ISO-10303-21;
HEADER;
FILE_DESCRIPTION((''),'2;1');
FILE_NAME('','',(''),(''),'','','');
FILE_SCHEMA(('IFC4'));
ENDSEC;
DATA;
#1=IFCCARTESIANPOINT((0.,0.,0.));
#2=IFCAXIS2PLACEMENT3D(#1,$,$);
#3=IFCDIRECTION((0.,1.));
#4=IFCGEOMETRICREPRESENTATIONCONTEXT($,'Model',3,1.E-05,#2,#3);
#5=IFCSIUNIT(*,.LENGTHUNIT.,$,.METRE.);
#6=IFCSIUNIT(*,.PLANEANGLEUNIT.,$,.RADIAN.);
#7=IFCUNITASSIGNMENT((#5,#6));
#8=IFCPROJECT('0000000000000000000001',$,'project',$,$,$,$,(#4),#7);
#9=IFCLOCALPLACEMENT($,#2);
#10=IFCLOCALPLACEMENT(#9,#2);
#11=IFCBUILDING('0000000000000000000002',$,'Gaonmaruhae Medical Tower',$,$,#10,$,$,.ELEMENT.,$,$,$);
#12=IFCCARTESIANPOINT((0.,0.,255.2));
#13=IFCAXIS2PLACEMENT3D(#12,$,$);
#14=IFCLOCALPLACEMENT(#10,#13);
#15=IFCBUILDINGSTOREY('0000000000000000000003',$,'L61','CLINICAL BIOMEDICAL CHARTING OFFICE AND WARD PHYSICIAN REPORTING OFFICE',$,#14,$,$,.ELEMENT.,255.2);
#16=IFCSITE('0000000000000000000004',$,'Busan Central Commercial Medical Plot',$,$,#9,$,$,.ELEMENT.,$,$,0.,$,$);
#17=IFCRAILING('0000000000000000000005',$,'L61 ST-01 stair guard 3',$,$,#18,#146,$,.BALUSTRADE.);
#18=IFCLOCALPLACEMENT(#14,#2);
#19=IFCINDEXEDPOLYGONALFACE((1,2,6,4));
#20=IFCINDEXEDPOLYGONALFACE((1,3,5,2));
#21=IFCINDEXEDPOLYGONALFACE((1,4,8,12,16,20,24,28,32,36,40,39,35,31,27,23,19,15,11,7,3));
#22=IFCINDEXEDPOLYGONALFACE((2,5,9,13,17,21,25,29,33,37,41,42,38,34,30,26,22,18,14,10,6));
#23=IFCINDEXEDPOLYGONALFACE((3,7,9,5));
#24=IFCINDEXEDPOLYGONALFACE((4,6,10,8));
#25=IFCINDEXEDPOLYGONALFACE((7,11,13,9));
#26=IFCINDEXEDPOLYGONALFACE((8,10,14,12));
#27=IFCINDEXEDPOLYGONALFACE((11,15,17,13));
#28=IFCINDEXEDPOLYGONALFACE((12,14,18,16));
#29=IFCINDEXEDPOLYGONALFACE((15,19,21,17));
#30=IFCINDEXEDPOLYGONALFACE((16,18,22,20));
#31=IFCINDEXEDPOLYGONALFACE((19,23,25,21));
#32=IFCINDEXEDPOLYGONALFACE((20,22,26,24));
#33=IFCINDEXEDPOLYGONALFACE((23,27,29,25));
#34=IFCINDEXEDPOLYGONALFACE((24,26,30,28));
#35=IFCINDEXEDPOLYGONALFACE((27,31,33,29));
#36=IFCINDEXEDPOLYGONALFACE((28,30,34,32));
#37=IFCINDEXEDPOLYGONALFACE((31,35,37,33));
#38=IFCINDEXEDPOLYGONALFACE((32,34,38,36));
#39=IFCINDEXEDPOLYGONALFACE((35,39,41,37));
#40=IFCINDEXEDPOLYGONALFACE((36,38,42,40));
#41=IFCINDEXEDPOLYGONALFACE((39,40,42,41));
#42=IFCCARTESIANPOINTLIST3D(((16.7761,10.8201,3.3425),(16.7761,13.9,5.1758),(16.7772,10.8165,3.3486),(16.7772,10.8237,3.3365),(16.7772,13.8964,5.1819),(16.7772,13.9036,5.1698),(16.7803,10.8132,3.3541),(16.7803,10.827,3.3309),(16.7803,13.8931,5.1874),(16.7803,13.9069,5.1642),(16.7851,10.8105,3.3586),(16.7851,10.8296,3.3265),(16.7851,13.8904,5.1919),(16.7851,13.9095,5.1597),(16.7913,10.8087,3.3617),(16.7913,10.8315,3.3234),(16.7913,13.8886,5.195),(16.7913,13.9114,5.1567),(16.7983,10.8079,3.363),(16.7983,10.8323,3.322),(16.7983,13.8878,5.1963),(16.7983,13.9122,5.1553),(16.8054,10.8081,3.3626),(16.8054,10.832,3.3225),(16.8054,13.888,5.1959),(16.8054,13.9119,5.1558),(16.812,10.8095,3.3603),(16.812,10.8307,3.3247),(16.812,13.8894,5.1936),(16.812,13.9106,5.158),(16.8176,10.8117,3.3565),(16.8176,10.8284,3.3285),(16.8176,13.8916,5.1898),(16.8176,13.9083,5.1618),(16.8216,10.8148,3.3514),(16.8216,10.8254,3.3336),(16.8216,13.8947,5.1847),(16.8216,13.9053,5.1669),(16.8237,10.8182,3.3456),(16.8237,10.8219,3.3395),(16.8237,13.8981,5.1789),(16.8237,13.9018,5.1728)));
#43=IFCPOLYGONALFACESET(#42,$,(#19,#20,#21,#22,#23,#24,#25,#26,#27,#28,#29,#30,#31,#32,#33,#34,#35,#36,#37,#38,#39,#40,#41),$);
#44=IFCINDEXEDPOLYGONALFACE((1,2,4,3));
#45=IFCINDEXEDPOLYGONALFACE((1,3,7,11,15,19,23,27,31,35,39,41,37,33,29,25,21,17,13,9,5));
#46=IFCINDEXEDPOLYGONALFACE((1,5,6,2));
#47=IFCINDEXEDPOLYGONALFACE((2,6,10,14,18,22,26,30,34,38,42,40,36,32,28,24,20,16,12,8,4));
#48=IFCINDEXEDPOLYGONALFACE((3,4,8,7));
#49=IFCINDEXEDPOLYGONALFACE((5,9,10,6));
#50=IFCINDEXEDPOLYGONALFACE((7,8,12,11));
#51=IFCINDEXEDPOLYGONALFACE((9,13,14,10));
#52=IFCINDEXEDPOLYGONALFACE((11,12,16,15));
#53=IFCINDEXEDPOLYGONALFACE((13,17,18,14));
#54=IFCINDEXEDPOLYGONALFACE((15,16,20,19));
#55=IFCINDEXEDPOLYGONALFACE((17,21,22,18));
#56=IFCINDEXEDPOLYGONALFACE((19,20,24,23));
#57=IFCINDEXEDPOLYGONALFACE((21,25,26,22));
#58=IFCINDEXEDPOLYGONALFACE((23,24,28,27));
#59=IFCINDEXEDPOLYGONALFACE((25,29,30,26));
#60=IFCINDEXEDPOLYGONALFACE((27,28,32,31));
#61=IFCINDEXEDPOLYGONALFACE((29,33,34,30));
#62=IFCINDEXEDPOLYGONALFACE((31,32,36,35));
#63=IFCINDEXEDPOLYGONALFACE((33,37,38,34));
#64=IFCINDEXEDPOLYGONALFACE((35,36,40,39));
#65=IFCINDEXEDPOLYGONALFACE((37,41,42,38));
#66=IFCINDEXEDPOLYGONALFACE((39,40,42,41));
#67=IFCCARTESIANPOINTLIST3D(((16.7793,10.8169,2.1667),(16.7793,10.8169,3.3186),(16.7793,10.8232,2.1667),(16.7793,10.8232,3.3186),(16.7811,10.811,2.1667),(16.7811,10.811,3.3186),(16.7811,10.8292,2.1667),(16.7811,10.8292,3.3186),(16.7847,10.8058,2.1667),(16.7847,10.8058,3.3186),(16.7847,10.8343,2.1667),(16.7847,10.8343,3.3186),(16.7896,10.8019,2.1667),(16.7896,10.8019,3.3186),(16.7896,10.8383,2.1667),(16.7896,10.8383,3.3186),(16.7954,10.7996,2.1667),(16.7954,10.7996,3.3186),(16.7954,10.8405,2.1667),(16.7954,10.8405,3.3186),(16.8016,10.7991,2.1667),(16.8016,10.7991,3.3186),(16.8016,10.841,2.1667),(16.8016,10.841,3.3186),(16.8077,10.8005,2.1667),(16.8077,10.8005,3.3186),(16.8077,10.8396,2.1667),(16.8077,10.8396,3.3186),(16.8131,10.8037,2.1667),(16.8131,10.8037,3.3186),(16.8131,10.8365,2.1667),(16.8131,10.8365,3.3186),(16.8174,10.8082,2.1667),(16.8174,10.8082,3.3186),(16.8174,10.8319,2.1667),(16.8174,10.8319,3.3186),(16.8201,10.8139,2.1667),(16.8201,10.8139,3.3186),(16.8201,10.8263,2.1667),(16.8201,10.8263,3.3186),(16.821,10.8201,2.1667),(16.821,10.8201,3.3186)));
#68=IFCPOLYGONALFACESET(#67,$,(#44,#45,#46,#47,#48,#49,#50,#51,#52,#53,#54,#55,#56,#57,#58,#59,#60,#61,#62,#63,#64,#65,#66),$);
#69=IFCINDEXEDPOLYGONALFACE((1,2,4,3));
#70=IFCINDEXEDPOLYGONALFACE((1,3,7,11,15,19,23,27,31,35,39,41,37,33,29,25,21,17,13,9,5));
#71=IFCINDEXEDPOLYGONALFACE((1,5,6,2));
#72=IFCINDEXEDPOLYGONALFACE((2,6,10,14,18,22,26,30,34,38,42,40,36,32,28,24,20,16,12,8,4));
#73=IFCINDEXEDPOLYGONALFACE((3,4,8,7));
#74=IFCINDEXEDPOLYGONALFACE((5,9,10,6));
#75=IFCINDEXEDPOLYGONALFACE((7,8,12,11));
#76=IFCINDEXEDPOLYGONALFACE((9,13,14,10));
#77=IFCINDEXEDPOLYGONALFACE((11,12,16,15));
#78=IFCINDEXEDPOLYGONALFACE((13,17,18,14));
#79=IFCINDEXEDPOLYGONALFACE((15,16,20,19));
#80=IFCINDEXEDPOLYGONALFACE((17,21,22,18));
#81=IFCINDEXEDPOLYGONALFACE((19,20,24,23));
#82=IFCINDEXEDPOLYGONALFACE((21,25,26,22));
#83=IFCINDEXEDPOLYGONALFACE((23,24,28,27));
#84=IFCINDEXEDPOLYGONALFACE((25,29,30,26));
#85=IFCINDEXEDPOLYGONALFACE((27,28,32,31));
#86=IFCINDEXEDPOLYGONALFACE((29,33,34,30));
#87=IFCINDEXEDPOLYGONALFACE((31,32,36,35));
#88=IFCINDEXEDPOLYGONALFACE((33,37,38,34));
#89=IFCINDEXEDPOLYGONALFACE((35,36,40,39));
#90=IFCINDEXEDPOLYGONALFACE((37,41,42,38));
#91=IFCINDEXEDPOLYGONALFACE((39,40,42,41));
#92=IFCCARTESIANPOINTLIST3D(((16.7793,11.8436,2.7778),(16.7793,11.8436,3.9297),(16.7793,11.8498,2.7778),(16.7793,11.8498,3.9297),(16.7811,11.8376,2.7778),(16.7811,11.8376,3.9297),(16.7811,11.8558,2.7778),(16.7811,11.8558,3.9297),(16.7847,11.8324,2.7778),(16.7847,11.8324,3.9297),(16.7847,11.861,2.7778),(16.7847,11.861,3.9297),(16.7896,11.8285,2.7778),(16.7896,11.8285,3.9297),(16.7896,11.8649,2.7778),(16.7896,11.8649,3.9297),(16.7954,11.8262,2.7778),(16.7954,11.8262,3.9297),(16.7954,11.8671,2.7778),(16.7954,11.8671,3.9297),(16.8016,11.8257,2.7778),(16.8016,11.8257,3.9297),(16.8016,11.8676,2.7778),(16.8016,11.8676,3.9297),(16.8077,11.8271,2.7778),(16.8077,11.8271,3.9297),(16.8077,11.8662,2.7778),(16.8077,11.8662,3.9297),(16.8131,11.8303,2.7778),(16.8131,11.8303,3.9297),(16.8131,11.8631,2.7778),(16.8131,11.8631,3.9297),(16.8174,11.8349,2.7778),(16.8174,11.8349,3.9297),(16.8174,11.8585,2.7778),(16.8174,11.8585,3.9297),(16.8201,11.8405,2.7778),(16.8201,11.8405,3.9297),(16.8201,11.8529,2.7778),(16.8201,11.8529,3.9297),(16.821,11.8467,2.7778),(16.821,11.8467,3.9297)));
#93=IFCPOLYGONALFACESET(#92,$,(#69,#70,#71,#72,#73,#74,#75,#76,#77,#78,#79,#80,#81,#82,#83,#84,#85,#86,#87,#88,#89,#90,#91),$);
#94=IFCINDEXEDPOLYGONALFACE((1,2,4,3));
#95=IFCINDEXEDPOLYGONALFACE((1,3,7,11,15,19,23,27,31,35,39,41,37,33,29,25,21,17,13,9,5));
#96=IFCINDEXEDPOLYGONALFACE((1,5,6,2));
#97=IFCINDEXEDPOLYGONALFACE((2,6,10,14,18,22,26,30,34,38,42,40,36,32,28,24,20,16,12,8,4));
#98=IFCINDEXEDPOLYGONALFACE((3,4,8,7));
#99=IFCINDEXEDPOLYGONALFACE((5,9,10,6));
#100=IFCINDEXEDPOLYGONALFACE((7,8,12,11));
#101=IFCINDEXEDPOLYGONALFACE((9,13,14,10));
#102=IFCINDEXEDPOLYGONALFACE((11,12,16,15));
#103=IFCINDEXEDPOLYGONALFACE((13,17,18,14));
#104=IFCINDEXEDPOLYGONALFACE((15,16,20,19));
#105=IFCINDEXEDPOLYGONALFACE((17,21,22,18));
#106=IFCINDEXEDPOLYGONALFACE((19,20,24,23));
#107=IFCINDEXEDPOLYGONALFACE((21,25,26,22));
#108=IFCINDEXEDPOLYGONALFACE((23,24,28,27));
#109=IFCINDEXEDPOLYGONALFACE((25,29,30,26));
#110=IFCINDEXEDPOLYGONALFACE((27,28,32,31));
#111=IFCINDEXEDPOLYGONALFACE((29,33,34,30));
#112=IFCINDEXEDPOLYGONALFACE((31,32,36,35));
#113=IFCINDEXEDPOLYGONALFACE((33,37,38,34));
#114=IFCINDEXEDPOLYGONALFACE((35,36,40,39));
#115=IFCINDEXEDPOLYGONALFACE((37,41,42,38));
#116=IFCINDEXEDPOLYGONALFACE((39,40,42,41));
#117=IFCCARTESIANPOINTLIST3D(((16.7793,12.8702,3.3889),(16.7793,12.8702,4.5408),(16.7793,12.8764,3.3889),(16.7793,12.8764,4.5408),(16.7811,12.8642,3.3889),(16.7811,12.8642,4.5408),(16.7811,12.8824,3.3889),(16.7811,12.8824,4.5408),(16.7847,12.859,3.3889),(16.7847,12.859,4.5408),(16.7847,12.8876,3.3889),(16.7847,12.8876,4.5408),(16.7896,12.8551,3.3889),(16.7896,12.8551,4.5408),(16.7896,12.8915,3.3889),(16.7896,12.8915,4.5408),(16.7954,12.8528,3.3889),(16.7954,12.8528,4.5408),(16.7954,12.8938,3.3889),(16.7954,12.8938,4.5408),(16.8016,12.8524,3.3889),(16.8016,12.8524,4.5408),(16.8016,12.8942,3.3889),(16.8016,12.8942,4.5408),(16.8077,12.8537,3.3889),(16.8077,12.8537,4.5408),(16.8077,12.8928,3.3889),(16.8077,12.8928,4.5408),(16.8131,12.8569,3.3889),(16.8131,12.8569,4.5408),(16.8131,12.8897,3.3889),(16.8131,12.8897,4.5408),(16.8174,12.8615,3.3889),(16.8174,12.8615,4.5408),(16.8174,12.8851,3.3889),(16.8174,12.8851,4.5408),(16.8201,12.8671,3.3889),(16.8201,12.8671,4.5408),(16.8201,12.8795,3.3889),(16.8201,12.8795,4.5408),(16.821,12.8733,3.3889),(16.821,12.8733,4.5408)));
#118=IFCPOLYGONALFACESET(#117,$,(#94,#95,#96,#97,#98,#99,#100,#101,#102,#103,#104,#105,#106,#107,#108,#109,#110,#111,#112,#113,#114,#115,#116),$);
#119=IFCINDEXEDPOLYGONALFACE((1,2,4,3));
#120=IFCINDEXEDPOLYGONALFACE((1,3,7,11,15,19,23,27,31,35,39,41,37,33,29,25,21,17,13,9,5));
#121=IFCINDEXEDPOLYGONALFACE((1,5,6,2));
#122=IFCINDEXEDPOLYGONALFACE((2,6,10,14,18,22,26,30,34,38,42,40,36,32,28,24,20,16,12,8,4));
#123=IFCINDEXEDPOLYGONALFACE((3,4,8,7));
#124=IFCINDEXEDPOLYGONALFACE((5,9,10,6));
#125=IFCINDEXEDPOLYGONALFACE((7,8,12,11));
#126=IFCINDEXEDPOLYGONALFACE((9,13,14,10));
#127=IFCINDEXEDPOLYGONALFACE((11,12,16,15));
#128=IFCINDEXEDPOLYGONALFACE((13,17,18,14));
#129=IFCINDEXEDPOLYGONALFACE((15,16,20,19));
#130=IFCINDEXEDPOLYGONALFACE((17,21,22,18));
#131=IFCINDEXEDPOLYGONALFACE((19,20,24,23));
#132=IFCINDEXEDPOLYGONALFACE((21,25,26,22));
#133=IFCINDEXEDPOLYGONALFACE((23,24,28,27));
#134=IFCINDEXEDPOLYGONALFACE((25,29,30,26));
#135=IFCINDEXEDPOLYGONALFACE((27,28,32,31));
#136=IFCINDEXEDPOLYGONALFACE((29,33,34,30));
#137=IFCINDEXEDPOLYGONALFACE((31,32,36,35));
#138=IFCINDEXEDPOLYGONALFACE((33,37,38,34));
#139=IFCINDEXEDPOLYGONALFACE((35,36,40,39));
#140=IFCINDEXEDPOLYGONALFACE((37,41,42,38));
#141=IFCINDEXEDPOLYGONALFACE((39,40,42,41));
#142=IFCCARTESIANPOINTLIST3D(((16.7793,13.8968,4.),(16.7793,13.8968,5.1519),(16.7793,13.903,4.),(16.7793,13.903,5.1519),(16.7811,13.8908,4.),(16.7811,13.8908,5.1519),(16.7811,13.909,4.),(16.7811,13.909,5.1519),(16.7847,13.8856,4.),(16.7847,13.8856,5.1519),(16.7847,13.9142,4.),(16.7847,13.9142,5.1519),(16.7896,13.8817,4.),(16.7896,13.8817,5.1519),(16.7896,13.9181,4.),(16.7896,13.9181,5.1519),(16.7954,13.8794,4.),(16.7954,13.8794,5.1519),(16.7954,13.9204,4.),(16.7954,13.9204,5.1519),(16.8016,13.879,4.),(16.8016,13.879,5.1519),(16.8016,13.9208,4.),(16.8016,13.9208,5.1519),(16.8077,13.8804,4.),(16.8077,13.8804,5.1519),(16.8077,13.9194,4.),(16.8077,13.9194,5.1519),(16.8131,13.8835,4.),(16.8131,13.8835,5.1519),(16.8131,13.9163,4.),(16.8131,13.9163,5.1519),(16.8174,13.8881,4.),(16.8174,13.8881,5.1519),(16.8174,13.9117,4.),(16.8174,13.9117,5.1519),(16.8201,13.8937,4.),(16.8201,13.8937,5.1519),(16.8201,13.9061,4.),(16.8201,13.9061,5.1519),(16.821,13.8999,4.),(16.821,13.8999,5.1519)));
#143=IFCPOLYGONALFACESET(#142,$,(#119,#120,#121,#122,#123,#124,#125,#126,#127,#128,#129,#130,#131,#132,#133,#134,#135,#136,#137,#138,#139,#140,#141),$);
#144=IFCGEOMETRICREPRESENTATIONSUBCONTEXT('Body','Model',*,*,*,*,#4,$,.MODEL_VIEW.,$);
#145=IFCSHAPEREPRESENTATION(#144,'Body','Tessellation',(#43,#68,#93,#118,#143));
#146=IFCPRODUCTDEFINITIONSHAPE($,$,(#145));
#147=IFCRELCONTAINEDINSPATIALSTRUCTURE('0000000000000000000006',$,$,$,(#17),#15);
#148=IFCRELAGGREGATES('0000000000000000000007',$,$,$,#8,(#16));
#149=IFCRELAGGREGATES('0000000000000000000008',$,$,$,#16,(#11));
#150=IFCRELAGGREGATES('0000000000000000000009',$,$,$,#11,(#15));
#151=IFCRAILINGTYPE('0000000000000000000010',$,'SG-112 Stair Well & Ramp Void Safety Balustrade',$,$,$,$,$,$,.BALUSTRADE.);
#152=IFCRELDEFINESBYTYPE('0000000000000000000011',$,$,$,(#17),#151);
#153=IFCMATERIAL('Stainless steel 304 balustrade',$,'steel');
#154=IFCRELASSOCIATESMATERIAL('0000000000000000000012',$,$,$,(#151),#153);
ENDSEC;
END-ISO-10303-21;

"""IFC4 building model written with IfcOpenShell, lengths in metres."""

from ifc_helpers import new_model, si_unit, direction, frame, origin, origin_2d, place, context, subcontext, project, spatial, circle, extrude, material, type_object, element, save


model = new_model("IFC4")

# Units and contexts
model_context = context("Model", 3, precision=1e-05, world=origin(), true_north=direction((0.0, 1.0)))
body_context = subcontext(model_context, "Body", "Model", "MODEL_VIEW")
ifc_project = project(units=[si_unit("LENGTHUNIT", "METRE"), si_unit("PLANEANGLEUNIT", "RADIAN")], contexts=[model_context])

# Site, building, storey
site_placement = place(None, origin())
site = spatial("IfcSite", under=ifc_project, at=site_placement, Name="Busan Central Commercial Medical Plot", CompositionType="ELEMENT", RefElevation=0.0)
building_placement = place(site_placement, origin())
building = spatial("IfcBuilding", under=site, at=building_placement, Name="Gaonmaruhae Medical Tower", CompositionType="ELEMENT")
storey_placement = place(building_placement, frame((0.0, 0.0, 255.2)))
storey = spatial("IfcBuildingStorey", under=building, at=storey_placement, Name="L61", Description="CLINICAL BIOMEDICAL CHARTING OFFICE AND WARD PHYSICIAN REPORTING OFFICE", CompositionType="ELEMENT", Elevation=255.2)

# Railing
ifc_material_1 = material(Name="Stainless steel 304 balustrade", Category="steel")
railing_type_1 = type_object("IfcRailingType", Name="SG-112 Stair Well & Ramp Void Safety Balustrade", PredefinedType="BALUSTRADE", material=ifc_material_1)
railing_1_placement = place(storey_placement, frame((16.8, 10.8201, 2.1667)))
element("IfcRailing", 1, at=railing_1_placement, inside=storey, type_object=railing_type_1, Name="L61 ST-01 stair guard 3", PredefinedType="BALUSTRADE", context=body_context, shape_type="SweptSolid", body=[
    extrude(circle(Radius=0.0239, at=origin_2d()), frame((0.0, 0.0, 1.1758), z_axis=(0.0, 0.859291, 0.511487), x_axis=(-1.0, 0.0, 0.0)), (0.0, 0.0, 1.0), 3.5842),
    extrude(circle(Radius=0.021, at=origin_2d()), origin(), (0.0, 0.0, 1.0), 1.1519),
    extrude(circle(Radius=0.021, at=origin_2d()), frame((0.0, 1.0266, 0.6111)), (0.0, 0.0, 1.0), 1.1519),
    extrude(circle(Radius=0.021, at=origin_2d()), frame((0.0, 2.0532, 1.2222)), (0.0, 0.0, 1.0), 1.1519),
    extrude(circle(Radius=0.021, at=origin_2d()), frame((0.0, 3.0798, 1.8333)), (0.0, 0.0, 1.0), 1.1519),
])

save(model, "model.ifc")
